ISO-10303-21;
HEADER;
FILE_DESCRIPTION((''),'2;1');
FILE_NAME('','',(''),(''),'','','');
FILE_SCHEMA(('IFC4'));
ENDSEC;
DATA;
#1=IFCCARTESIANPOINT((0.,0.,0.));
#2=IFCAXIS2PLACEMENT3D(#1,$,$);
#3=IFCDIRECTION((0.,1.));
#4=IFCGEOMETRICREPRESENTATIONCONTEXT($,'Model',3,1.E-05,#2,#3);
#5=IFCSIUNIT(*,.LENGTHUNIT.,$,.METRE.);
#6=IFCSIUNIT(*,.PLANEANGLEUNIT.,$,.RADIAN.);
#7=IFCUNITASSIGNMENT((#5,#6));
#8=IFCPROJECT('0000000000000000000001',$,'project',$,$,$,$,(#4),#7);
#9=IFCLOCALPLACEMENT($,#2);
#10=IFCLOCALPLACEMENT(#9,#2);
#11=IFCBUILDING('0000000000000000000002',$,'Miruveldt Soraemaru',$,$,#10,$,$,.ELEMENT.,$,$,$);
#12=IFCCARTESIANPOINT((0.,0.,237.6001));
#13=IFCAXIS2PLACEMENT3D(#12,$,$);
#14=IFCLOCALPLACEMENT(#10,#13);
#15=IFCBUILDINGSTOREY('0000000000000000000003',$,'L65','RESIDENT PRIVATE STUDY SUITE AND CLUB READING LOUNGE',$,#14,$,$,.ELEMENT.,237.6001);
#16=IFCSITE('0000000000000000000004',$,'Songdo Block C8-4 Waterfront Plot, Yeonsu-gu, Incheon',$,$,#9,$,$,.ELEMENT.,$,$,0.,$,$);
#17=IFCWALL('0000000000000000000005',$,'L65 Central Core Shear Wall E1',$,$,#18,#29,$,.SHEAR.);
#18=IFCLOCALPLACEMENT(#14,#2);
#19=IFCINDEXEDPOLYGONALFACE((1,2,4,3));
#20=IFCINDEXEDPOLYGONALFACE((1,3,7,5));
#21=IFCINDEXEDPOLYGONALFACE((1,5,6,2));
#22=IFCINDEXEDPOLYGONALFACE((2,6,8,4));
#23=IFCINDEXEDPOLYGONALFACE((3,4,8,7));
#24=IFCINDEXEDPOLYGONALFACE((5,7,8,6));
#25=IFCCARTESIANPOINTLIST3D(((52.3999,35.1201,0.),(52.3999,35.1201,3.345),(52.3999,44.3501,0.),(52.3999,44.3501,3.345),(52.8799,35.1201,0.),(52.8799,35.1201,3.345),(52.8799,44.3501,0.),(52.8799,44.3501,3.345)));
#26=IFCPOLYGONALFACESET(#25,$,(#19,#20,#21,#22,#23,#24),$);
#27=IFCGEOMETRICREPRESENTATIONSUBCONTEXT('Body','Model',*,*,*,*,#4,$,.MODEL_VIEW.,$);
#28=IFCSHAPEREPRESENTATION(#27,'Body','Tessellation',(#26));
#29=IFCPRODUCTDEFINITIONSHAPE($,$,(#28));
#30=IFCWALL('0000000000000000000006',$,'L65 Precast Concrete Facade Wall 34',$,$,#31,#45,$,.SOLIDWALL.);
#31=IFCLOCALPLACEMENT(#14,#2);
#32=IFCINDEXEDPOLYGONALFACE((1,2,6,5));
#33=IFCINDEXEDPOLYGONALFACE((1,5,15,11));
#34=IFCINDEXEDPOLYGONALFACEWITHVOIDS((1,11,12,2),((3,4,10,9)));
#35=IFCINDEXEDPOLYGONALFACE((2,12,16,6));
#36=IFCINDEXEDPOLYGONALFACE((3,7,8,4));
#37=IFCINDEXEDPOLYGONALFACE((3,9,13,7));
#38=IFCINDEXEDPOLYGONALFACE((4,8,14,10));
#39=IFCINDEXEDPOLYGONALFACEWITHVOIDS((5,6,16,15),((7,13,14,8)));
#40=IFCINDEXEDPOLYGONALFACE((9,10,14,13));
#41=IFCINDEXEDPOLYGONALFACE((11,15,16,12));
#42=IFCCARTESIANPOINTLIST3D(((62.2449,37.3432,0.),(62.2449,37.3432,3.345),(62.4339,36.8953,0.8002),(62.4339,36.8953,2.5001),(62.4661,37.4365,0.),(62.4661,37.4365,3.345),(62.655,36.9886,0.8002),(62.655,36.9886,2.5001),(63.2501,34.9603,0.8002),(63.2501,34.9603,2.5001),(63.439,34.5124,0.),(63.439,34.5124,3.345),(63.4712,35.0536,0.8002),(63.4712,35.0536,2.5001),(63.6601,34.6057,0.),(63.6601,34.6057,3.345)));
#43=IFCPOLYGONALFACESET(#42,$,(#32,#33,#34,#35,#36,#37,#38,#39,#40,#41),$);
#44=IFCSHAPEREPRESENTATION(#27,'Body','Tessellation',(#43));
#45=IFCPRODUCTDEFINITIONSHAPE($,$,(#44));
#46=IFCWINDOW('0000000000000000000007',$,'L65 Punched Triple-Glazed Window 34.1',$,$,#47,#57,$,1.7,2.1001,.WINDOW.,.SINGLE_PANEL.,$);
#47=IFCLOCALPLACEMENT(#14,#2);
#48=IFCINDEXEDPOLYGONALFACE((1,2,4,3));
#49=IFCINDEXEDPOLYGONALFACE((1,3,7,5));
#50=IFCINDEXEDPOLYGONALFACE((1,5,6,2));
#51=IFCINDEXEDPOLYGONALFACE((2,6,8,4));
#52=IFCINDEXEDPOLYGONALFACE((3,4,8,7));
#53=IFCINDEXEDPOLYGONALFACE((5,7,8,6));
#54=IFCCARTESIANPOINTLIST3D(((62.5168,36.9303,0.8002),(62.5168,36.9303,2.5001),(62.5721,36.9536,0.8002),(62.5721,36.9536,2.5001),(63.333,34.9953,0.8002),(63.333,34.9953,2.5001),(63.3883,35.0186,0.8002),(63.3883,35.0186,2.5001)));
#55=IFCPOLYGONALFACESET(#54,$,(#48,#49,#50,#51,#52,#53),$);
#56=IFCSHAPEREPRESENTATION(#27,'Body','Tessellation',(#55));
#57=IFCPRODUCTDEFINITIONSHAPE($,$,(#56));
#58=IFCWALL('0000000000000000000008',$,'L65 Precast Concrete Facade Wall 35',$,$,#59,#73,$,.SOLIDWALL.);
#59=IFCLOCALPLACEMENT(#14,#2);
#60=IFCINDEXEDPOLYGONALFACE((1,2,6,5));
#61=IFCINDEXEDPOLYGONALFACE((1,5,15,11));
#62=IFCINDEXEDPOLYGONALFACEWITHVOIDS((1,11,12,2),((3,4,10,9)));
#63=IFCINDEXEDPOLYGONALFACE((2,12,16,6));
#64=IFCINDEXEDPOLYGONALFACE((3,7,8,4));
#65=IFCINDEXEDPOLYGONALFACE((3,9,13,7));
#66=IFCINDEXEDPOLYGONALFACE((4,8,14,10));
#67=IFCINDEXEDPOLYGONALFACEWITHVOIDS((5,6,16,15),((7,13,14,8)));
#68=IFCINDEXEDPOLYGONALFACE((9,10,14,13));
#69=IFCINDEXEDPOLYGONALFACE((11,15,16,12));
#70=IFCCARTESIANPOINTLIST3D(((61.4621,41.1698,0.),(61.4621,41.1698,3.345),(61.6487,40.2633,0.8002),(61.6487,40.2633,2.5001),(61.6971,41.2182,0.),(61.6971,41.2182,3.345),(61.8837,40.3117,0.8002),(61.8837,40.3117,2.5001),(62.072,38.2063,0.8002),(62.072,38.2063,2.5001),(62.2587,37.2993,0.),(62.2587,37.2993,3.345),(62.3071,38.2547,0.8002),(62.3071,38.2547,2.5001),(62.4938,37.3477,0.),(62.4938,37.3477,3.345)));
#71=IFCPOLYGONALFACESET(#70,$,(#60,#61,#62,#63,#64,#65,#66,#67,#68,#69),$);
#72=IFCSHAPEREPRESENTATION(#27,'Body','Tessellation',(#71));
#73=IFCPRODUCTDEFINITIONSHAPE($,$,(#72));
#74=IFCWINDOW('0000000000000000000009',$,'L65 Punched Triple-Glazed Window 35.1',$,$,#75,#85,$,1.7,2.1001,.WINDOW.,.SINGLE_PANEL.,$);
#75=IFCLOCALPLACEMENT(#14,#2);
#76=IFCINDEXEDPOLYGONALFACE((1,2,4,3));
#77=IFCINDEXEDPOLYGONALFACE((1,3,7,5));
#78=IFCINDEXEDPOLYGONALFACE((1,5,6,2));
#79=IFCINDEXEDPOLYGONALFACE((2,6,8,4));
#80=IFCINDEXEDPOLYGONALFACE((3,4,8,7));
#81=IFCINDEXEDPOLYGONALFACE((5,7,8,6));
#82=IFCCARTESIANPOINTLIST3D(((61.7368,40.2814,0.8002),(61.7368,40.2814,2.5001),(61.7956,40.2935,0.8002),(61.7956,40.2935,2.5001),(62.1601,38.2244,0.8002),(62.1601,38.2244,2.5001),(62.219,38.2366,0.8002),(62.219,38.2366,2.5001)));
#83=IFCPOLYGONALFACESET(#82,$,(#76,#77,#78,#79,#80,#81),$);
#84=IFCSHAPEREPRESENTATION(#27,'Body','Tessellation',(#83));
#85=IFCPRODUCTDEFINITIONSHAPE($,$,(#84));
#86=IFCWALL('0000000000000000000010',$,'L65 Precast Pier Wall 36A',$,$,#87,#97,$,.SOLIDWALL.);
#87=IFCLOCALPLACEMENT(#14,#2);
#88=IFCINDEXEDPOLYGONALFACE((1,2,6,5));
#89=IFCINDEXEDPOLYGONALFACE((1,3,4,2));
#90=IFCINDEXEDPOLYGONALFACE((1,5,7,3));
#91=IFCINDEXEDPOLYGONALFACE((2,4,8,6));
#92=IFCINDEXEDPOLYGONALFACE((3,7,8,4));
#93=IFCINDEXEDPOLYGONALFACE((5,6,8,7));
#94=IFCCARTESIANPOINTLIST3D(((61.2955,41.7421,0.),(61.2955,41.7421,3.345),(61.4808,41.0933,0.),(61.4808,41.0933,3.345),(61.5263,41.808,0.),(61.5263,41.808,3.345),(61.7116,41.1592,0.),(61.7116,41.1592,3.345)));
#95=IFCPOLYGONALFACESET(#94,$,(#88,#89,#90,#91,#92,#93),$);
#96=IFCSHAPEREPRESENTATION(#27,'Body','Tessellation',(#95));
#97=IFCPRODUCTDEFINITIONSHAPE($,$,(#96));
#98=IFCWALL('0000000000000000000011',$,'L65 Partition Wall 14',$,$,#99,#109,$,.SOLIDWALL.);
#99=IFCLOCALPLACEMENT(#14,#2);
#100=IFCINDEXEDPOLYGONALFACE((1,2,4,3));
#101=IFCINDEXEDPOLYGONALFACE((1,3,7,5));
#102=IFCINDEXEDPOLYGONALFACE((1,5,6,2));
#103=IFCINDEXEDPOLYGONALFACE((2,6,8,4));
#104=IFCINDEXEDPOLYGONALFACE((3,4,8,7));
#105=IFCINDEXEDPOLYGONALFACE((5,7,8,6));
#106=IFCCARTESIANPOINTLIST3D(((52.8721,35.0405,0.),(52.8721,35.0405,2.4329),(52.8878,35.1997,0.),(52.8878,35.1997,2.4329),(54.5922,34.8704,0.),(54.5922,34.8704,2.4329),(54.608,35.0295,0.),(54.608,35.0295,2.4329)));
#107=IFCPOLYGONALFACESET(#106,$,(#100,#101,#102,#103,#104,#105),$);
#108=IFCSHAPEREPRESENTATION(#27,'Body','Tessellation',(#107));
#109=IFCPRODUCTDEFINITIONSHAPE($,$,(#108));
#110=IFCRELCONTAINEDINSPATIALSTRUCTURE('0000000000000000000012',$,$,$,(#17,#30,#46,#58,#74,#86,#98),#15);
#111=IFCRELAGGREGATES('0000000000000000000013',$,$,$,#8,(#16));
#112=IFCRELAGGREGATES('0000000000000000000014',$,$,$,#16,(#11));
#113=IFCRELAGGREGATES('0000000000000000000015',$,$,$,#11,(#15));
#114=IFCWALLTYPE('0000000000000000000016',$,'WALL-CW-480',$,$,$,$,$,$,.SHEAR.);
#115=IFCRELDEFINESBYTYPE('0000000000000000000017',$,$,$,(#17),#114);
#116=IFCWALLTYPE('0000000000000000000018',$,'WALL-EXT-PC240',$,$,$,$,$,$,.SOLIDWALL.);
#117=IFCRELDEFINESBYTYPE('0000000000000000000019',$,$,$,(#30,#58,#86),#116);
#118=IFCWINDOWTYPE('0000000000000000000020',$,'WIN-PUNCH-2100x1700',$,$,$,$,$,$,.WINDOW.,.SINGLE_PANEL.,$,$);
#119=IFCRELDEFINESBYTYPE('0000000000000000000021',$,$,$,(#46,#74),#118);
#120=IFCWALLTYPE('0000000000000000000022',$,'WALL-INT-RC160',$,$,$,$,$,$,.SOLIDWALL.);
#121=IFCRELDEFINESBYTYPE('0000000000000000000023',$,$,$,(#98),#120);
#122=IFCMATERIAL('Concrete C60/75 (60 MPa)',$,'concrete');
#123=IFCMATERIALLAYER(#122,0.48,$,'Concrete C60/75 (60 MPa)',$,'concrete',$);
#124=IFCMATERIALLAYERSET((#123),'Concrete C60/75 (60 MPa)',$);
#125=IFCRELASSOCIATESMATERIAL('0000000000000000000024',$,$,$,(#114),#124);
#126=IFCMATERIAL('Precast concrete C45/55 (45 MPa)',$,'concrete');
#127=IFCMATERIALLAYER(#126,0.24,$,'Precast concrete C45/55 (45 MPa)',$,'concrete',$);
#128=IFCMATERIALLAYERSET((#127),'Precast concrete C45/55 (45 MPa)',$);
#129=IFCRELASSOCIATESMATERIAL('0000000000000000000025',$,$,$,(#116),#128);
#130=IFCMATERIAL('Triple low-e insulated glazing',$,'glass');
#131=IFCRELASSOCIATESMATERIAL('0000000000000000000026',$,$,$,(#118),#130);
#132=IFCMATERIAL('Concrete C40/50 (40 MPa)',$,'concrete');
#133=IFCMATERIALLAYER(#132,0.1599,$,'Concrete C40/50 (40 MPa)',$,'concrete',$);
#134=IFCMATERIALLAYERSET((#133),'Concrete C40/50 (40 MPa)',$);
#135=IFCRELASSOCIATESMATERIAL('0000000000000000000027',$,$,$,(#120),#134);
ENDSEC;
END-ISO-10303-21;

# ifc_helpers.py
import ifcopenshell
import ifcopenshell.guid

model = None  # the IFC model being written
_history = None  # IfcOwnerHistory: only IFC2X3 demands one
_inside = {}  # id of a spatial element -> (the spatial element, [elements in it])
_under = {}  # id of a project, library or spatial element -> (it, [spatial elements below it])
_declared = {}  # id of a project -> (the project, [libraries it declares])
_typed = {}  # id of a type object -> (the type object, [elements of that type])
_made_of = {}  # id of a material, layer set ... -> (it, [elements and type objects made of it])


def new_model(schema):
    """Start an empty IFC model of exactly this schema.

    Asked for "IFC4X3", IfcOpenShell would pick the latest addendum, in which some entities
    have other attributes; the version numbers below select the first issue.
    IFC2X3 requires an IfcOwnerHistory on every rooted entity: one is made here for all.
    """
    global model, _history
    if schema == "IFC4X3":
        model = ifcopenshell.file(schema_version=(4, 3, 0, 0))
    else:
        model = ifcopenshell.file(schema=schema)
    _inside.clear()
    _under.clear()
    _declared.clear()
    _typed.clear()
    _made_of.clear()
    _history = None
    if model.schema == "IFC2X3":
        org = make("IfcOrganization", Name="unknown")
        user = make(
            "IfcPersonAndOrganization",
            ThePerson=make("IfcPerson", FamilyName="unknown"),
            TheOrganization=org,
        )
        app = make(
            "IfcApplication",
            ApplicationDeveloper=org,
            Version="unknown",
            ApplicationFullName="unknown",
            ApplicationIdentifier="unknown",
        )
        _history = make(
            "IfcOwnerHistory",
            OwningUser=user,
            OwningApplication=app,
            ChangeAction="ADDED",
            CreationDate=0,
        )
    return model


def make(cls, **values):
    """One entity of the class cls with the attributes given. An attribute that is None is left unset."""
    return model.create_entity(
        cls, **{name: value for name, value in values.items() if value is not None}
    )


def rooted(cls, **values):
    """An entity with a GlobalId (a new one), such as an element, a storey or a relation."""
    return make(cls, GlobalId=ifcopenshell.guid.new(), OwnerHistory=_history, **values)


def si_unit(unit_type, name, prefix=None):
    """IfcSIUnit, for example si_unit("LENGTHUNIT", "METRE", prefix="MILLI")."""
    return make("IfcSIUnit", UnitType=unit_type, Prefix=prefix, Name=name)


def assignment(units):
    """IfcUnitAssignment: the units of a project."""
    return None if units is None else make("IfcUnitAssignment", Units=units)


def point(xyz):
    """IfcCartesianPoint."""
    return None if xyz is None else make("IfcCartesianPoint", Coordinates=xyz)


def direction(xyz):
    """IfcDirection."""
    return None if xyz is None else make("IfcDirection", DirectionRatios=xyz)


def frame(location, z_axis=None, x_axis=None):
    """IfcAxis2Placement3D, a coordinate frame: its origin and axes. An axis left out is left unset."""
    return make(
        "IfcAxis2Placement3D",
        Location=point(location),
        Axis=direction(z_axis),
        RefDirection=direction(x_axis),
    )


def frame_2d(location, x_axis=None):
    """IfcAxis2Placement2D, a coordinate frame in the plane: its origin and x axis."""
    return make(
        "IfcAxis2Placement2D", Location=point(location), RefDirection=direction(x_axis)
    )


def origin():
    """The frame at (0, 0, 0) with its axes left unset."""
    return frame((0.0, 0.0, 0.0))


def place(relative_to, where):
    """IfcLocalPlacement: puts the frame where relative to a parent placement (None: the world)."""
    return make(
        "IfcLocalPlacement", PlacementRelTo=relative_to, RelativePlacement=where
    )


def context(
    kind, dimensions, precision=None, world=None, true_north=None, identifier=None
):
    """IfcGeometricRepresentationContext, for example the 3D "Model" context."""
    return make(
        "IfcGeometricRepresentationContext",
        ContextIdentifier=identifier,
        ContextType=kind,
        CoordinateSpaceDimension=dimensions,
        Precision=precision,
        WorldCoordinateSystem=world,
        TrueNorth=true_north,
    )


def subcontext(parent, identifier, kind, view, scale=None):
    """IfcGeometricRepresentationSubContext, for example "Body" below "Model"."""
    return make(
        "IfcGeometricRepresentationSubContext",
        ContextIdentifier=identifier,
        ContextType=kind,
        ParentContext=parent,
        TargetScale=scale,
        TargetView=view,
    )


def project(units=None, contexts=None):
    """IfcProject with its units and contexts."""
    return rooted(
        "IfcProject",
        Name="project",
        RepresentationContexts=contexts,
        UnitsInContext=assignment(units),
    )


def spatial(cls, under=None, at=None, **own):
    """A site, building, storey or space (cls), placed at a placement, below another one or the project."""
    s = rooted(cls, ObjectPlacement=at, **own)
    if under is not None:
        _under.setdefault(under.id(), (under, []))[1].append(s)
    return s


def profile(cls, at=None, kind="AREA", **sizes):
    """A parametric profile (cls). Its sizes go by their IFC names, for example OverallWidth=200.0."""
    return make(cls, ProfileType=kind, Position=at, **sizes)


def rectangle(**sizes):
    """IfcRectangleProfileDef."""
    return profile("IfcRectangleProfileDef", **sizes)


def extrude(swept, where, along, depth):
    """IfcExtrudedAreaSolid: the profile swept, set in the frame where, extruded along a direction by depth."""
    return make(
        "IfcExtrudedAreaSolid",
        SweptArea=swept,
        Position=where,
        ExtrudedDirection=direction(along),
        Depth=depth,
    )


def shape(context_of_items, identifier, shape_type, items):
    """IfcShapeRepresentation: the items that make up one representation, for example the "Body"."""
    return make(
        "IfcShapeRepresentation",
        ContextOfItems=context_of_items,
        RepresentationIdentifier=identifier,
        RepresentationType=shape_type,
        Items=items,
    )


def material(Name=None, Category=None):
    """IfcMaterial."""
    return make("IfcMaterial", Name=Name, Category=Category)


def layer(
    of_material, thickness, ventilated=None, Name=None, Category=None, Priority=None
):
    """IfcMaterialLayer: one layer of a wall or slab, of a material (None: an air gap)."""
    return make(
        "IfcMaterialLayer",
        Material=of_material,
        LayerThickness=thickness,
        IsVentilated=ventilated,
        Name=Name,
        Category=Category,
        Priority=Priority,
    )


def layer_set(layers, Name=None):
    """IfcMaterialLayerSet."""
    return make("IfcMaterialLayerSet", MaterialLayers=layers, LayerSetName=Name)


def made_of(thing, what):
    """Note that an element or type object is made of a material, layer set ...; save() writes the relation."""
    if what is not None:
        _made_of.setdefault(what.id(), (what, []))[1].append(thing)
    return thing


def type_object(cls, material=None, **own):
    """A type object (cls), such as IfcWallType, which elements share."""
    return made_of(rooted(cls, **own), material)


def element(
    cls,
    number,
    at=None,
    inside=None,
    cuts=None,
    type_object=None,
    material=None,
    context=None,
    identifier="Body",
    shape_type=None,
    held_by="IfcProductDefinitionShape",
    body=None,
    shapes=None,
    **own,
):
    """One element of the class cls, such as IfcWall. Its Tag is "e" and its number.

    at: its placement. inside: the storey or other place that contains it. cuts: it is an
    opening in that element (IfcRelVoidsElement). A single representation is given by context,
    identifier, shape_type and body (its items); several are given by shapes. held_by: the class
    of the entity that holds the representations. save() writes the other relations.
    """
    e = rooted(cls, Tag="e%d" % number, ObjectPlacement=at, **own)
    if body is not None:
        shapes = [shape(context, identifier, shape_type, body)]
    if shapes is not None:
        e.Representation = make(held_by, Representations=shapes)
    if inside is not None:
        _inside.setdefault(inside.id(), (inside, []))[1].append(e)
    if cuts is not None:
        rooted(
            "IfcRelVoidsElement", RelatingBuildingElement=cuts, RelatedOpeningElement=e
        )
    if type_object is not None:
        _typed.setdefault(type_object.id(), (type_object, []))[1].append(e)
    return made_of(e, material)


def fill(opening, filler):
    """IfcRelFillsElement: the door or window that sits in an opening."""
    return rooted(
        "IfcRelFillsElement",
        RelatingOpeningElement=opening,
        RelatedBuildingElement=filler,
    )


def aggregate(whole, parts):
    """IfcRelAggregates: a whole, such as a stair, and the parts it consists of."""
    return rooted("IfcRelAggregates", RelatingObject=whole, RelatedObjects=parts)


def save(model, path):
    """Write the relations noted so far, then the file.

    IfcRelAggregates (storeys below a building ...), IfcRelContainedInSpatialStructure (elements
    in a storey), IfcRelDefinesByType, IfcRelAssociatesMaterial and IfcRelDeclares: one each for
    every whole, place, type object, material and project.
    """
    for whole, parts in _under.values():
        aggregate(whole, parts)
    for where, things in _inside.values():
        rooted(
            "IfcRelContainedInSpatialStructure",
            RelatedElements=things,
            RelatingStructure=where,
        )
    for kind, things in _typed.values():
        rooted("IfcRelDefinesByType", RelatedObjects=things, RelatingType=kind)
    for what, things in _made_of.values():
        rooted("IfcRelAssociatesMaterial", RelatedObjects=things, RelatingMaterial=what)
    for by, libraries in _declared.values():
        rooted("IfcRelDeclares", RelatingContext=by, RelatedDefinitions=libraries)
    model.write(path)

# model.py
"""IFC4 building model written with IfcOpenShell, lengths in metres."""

from ifc_helpers import new_model, si_unit, direction, frame, frame_2d, origin, place, context, subcontext, project, spatial, rectangle, extrude, material, layer, layer_set, type_object, element, fill, save


model = new_model("IFC4")

# Units and contexts
model_context = context("Model", 3, precision=1e-05, world=origin(), true_north=direction((0.0, 1.0)))
body_context = subcontext(model_context, "Body", "Model", "MODEL_VIEW")
ifc_project = project(units=[si_unit("LENGTHUNIT", "METRE"), si_unit("PLANEANGLEUNIT", "RADIAN")], contexts=[model_context])

# Site, building, storey
site_placement = place(None, origin())
site = spatial("IfcSite", under=ifc_project, at=site_placement, Name="Songdo Block C8-4 Waterfront Plot, Yeonsu-gu, Incheon", CompositionType="ELEMENT", RefElevation=0.0)
building_placement = place(site_placement, origin())
building = spatial("IfcBuilding", under=site, at=building_placement, Name="Miruveldt Soraemaru", CompositionType="ELEMENT")
storey_placement = place(building_placement, frame((0.0, 0.0, 237.6001)))
storey = spatial("IfcBuildingStorey", under=building, at=storey_placement, Name="L65", Description="RESIDENT PRIVATE STUDY SUITE AND CLUB READING LOUNGE", CompositionType="ELEMENT", Elevation=237.6001)

# Shared definitions
ifc_material_1 = material(Name="Concrete C60/75 (60 MPa)", Category="concrete")

# Shared definitions
ifc_material_2 = material(Name="Triple low-e insulated glazing", Category="glass")

# Wall
ifc_layer_1 = layer(ifc_material_1, 0.48, Name="Concrete C60/75 (60 MPa)", Category="concrete")
ifc_layer_set_1 = layer_set([ifc_layer_1], Name="Concrete C60/75 (60 MPa)")
wall_type_1 = type_object("IfcWallType", Name="WALL-CW-480", PredefinedType="SHEAR", material=ifc_layer_set_1)
wall_1_placement = place(storey_placement, frame((52.6399, 35.1201, 0.0), z_axis=(0.0, 0.0, 1.0), x_axis=(0.0, 1.0, 0.0)))
element("IfcWall", 1, at=wall_1_placement, inside=storey, type_object=wall_type_1, Name="L65 Central Core Shear Wall E1", PredefinedType="SHEAR", context=body_context, shape_type="SweptSolid", body=[
    extrude(rectangle(XDim=9.23, YDim=0.48, at=frame_2d((4.615, 0.0))), origin(), (0.0, 0.0, 1.0), 3.345),
])

# Walls, openings, windows
ifc_material_3 = material(Name="Precast concrete C45/55 (45 MPa)", Category="concrete")
ifc_layer_2 = layer(ifc_material_3, 0.24, Name="Precast concrete C45/55 (45 MPa)", Category="concrete")
ifc_layer_set_2 = layer_set([ifc_layer_2], Name="Precast concrete C45/55 (45 MPa)")
wall_type_2 = type_object("IfcWallType", Name="WALL-EXT-PC240", PredefinedType="SOLIDWALL", material=ifc_layer_set_2)
wall_2_placement = place(storey_placement, frame((63.5496, 34.5591, 0.0), z_axis=(0.0, 0.0, 1.0), x_axis=(-0.388657, 0.921382, 0.0)))
wall_2 = element("IfcWall", 2, at=wall_2_placement, inside=storey, type_object=wall_type_2, Name="L65 Precast Concrete Facade Wall 34", PredefinedType="SOLIDWALL", context=body_context, shape_type="SweptSolid", body=[
    extrude(rectangle(XDim=3.0723, YDim=0.24, at=frame_2d((1.5361, 0.0))), origin(), (0.0, 0.0, 1.0), 3.345),
])
opening_1_placement = place(wall_2_placement, frame((0.4861, 0.0, 0.8)))
opening_1 = element("IfcOpeningElement", 3, at=opening_1_placement, cuts=wall_2, PredefinedType="OPENING", context=body_context, shape_type="SweptSolid", body=[
    extrude(rectangle(XDim=2.1001, YDim=1.7, at=frame_2d((1.05, 0.8501))), frame((0.0, 0.1299, 0.0), z_axis=(0.0, -1.0, 0.0), x_axis=(1.0, 0.0, 0.0)), (0.0, 0.0, 1.0), 0.26),
])
window_type_1 = type_object("IfcWindowType", Name="WIN-PUNCH-2100x1700", PartitioningType="SINGLE_PANEL", PredefinedType="WINDOW", material=ifc_material_2)
window_1_placement = place(opening_1_placement, origin())
window_1 = element("IfcWindow", 4, at=window_1_placement, inside=storey, type_object=window_type_1, Name="L65 Punched Triple-Glazed Window 34.1", OverallHeight=1.7, OverallWidth=2.1001, PartitioningType="SINGLE_PANEL", PredefinedType="WINDOW", context=body_context, shape_type="SweptSolid", body=[
    extrude(rectangle(XDim=2.1001, YDim=1.7, at=frame_2d((1.05, 0.8501))), frame((0.0, 0.03, 0.0), z_axis=(0.0, -1.0, 0.0), x_axis=(1.0, 0.0, 0.0)), (0.0, 0.0, 1.0), 0.0601),
])
fill(opening_1, window_1)
wall_3_placement = place(storey_placement, frame((62.3762, 37.3235, 0.0), z_axis=(0.0, 0.0, 1.0), x_axis=(-0.20159, 0.97947, 0.0)))
wall_3 = element("IfcWall", 5, at=wall_3_placement, inside=storey, type_object=wall_type_2, Name="L65 Precast Concrete Facade Wall 35", PredefinedType="SOLIDWALL", context=body_context, shape_type="SweptSolid", body=[
    extrude(rectangle(XDim=3.9517, YDim=0.24, at=frame_2d((1.9758, 0.0))), origin(), (0.0, 0.0, 1.0), 3.345),
])
opening_2_placement = place(wall_3_placement, frame((0.926, 0.0, 0.8)))
opening_2 = element("IfcOpeningElement", 6, at=opening_2_placement, cuts=wall_3, PredefinedType="OPENING", context=body_context, shape_type="SweptSolid", body=[
    extrude(rectangle(XDim=2.1001, YDim=1.7, at=frame_2d((1.05, 0.8501))), frame((0.0, 0.1299, 0.0), z_axis=(0.0, -1.0, 0.0), x_axis=(1.0, 0.0, 0.0)), (0.0, 0.0, 1.0), 0.26),
])
window_2_placement = place(opening_2_placement, origin())
window_2 = element("IfcWindow", 7, at=window_2_placement, inside=storey, type_object=window_type_1, Name="L65 Punched Triple-Glazed Window 35.1", OverallHeight=1.7, OverallWidth=2.1001, PartitioningType="SINGLE_PANEL", PredefinedType="WINDOW", context=body_context, shape_type="SweptSolid", body=[
    extrude(rectangle(XDim=2.1001, YDim=1.7, at=frame_2d((1.05, 0.8501))), frame((0.0, 0.03, 0.0), z_axis=(0.0, -1.0, 0.0), x_axis=(1.0, 0.0, 0.0)), (0.0, 0.0, 1.0), 0.0601),
])
fill(opening_2, window_2)

# Walls
wall_4_placement = place(storey_placement, frame((61.5962, 41.1262, 0.0), z_axis=(0.0, 0.0, 1.0), x_axis=(-0.274578, 0.961565, 0.0)))
element("IfcWall", 8, at=wall_4_placement, inside=storey, type_object=wall_type_2, Name="L65 Precast Pier Wall 36A", PredefinedType="SOLIDWALL", context=body_context, shape_type="SweptSolid", body=[
    extrude(rectangle(XDim=0.6748, YDim=0.24, at=frame_2d((0.3374, 0.0))), origin(), (0.0, 0.0, 1.0), 3.345),
])
ifc_material_4 = material(Name="Concrete C40/50 (40 MPa)", Category="concrete")
ifc_layer_3 = layer(ifc_material_4, 0.1599, Name="Concrete C40/50 (40 MPa)", Category="concrete")
ifc_layer_set_3 = layer_set([ifc_layer_3], Name="Concrete C40/50 (40 MPa)")
wall_type_3 = type_object("IfcWallType", Name="WALL-INT-RC160", PredefinedType="SOLIDWALL", material=ifc_layer_set_3)
wall_5_placement = place(storey_placement, frame((54.6001, 34.95, 0.0), z_axis=(0.0, 0.0, 1.0), x_axis=(-0.995143, 0.098441, 0.0)))
element("IfcWall", 9, at=wall_5_placement, inside=storey, type_object=wall_type_3, Name="L65 Partition Wall 14", PredefinedType="SOLIDWALL", context=body_context, shape_type="SweptSolid", body=[
    extrude(rectangle(XDim=1.7285, YDim=0.1599, at=frame_2d((0.8643, 0.0))), origin(), (0.0, 0.0, 1.0), 2.4329),
])

save(model, "model.ifc")
